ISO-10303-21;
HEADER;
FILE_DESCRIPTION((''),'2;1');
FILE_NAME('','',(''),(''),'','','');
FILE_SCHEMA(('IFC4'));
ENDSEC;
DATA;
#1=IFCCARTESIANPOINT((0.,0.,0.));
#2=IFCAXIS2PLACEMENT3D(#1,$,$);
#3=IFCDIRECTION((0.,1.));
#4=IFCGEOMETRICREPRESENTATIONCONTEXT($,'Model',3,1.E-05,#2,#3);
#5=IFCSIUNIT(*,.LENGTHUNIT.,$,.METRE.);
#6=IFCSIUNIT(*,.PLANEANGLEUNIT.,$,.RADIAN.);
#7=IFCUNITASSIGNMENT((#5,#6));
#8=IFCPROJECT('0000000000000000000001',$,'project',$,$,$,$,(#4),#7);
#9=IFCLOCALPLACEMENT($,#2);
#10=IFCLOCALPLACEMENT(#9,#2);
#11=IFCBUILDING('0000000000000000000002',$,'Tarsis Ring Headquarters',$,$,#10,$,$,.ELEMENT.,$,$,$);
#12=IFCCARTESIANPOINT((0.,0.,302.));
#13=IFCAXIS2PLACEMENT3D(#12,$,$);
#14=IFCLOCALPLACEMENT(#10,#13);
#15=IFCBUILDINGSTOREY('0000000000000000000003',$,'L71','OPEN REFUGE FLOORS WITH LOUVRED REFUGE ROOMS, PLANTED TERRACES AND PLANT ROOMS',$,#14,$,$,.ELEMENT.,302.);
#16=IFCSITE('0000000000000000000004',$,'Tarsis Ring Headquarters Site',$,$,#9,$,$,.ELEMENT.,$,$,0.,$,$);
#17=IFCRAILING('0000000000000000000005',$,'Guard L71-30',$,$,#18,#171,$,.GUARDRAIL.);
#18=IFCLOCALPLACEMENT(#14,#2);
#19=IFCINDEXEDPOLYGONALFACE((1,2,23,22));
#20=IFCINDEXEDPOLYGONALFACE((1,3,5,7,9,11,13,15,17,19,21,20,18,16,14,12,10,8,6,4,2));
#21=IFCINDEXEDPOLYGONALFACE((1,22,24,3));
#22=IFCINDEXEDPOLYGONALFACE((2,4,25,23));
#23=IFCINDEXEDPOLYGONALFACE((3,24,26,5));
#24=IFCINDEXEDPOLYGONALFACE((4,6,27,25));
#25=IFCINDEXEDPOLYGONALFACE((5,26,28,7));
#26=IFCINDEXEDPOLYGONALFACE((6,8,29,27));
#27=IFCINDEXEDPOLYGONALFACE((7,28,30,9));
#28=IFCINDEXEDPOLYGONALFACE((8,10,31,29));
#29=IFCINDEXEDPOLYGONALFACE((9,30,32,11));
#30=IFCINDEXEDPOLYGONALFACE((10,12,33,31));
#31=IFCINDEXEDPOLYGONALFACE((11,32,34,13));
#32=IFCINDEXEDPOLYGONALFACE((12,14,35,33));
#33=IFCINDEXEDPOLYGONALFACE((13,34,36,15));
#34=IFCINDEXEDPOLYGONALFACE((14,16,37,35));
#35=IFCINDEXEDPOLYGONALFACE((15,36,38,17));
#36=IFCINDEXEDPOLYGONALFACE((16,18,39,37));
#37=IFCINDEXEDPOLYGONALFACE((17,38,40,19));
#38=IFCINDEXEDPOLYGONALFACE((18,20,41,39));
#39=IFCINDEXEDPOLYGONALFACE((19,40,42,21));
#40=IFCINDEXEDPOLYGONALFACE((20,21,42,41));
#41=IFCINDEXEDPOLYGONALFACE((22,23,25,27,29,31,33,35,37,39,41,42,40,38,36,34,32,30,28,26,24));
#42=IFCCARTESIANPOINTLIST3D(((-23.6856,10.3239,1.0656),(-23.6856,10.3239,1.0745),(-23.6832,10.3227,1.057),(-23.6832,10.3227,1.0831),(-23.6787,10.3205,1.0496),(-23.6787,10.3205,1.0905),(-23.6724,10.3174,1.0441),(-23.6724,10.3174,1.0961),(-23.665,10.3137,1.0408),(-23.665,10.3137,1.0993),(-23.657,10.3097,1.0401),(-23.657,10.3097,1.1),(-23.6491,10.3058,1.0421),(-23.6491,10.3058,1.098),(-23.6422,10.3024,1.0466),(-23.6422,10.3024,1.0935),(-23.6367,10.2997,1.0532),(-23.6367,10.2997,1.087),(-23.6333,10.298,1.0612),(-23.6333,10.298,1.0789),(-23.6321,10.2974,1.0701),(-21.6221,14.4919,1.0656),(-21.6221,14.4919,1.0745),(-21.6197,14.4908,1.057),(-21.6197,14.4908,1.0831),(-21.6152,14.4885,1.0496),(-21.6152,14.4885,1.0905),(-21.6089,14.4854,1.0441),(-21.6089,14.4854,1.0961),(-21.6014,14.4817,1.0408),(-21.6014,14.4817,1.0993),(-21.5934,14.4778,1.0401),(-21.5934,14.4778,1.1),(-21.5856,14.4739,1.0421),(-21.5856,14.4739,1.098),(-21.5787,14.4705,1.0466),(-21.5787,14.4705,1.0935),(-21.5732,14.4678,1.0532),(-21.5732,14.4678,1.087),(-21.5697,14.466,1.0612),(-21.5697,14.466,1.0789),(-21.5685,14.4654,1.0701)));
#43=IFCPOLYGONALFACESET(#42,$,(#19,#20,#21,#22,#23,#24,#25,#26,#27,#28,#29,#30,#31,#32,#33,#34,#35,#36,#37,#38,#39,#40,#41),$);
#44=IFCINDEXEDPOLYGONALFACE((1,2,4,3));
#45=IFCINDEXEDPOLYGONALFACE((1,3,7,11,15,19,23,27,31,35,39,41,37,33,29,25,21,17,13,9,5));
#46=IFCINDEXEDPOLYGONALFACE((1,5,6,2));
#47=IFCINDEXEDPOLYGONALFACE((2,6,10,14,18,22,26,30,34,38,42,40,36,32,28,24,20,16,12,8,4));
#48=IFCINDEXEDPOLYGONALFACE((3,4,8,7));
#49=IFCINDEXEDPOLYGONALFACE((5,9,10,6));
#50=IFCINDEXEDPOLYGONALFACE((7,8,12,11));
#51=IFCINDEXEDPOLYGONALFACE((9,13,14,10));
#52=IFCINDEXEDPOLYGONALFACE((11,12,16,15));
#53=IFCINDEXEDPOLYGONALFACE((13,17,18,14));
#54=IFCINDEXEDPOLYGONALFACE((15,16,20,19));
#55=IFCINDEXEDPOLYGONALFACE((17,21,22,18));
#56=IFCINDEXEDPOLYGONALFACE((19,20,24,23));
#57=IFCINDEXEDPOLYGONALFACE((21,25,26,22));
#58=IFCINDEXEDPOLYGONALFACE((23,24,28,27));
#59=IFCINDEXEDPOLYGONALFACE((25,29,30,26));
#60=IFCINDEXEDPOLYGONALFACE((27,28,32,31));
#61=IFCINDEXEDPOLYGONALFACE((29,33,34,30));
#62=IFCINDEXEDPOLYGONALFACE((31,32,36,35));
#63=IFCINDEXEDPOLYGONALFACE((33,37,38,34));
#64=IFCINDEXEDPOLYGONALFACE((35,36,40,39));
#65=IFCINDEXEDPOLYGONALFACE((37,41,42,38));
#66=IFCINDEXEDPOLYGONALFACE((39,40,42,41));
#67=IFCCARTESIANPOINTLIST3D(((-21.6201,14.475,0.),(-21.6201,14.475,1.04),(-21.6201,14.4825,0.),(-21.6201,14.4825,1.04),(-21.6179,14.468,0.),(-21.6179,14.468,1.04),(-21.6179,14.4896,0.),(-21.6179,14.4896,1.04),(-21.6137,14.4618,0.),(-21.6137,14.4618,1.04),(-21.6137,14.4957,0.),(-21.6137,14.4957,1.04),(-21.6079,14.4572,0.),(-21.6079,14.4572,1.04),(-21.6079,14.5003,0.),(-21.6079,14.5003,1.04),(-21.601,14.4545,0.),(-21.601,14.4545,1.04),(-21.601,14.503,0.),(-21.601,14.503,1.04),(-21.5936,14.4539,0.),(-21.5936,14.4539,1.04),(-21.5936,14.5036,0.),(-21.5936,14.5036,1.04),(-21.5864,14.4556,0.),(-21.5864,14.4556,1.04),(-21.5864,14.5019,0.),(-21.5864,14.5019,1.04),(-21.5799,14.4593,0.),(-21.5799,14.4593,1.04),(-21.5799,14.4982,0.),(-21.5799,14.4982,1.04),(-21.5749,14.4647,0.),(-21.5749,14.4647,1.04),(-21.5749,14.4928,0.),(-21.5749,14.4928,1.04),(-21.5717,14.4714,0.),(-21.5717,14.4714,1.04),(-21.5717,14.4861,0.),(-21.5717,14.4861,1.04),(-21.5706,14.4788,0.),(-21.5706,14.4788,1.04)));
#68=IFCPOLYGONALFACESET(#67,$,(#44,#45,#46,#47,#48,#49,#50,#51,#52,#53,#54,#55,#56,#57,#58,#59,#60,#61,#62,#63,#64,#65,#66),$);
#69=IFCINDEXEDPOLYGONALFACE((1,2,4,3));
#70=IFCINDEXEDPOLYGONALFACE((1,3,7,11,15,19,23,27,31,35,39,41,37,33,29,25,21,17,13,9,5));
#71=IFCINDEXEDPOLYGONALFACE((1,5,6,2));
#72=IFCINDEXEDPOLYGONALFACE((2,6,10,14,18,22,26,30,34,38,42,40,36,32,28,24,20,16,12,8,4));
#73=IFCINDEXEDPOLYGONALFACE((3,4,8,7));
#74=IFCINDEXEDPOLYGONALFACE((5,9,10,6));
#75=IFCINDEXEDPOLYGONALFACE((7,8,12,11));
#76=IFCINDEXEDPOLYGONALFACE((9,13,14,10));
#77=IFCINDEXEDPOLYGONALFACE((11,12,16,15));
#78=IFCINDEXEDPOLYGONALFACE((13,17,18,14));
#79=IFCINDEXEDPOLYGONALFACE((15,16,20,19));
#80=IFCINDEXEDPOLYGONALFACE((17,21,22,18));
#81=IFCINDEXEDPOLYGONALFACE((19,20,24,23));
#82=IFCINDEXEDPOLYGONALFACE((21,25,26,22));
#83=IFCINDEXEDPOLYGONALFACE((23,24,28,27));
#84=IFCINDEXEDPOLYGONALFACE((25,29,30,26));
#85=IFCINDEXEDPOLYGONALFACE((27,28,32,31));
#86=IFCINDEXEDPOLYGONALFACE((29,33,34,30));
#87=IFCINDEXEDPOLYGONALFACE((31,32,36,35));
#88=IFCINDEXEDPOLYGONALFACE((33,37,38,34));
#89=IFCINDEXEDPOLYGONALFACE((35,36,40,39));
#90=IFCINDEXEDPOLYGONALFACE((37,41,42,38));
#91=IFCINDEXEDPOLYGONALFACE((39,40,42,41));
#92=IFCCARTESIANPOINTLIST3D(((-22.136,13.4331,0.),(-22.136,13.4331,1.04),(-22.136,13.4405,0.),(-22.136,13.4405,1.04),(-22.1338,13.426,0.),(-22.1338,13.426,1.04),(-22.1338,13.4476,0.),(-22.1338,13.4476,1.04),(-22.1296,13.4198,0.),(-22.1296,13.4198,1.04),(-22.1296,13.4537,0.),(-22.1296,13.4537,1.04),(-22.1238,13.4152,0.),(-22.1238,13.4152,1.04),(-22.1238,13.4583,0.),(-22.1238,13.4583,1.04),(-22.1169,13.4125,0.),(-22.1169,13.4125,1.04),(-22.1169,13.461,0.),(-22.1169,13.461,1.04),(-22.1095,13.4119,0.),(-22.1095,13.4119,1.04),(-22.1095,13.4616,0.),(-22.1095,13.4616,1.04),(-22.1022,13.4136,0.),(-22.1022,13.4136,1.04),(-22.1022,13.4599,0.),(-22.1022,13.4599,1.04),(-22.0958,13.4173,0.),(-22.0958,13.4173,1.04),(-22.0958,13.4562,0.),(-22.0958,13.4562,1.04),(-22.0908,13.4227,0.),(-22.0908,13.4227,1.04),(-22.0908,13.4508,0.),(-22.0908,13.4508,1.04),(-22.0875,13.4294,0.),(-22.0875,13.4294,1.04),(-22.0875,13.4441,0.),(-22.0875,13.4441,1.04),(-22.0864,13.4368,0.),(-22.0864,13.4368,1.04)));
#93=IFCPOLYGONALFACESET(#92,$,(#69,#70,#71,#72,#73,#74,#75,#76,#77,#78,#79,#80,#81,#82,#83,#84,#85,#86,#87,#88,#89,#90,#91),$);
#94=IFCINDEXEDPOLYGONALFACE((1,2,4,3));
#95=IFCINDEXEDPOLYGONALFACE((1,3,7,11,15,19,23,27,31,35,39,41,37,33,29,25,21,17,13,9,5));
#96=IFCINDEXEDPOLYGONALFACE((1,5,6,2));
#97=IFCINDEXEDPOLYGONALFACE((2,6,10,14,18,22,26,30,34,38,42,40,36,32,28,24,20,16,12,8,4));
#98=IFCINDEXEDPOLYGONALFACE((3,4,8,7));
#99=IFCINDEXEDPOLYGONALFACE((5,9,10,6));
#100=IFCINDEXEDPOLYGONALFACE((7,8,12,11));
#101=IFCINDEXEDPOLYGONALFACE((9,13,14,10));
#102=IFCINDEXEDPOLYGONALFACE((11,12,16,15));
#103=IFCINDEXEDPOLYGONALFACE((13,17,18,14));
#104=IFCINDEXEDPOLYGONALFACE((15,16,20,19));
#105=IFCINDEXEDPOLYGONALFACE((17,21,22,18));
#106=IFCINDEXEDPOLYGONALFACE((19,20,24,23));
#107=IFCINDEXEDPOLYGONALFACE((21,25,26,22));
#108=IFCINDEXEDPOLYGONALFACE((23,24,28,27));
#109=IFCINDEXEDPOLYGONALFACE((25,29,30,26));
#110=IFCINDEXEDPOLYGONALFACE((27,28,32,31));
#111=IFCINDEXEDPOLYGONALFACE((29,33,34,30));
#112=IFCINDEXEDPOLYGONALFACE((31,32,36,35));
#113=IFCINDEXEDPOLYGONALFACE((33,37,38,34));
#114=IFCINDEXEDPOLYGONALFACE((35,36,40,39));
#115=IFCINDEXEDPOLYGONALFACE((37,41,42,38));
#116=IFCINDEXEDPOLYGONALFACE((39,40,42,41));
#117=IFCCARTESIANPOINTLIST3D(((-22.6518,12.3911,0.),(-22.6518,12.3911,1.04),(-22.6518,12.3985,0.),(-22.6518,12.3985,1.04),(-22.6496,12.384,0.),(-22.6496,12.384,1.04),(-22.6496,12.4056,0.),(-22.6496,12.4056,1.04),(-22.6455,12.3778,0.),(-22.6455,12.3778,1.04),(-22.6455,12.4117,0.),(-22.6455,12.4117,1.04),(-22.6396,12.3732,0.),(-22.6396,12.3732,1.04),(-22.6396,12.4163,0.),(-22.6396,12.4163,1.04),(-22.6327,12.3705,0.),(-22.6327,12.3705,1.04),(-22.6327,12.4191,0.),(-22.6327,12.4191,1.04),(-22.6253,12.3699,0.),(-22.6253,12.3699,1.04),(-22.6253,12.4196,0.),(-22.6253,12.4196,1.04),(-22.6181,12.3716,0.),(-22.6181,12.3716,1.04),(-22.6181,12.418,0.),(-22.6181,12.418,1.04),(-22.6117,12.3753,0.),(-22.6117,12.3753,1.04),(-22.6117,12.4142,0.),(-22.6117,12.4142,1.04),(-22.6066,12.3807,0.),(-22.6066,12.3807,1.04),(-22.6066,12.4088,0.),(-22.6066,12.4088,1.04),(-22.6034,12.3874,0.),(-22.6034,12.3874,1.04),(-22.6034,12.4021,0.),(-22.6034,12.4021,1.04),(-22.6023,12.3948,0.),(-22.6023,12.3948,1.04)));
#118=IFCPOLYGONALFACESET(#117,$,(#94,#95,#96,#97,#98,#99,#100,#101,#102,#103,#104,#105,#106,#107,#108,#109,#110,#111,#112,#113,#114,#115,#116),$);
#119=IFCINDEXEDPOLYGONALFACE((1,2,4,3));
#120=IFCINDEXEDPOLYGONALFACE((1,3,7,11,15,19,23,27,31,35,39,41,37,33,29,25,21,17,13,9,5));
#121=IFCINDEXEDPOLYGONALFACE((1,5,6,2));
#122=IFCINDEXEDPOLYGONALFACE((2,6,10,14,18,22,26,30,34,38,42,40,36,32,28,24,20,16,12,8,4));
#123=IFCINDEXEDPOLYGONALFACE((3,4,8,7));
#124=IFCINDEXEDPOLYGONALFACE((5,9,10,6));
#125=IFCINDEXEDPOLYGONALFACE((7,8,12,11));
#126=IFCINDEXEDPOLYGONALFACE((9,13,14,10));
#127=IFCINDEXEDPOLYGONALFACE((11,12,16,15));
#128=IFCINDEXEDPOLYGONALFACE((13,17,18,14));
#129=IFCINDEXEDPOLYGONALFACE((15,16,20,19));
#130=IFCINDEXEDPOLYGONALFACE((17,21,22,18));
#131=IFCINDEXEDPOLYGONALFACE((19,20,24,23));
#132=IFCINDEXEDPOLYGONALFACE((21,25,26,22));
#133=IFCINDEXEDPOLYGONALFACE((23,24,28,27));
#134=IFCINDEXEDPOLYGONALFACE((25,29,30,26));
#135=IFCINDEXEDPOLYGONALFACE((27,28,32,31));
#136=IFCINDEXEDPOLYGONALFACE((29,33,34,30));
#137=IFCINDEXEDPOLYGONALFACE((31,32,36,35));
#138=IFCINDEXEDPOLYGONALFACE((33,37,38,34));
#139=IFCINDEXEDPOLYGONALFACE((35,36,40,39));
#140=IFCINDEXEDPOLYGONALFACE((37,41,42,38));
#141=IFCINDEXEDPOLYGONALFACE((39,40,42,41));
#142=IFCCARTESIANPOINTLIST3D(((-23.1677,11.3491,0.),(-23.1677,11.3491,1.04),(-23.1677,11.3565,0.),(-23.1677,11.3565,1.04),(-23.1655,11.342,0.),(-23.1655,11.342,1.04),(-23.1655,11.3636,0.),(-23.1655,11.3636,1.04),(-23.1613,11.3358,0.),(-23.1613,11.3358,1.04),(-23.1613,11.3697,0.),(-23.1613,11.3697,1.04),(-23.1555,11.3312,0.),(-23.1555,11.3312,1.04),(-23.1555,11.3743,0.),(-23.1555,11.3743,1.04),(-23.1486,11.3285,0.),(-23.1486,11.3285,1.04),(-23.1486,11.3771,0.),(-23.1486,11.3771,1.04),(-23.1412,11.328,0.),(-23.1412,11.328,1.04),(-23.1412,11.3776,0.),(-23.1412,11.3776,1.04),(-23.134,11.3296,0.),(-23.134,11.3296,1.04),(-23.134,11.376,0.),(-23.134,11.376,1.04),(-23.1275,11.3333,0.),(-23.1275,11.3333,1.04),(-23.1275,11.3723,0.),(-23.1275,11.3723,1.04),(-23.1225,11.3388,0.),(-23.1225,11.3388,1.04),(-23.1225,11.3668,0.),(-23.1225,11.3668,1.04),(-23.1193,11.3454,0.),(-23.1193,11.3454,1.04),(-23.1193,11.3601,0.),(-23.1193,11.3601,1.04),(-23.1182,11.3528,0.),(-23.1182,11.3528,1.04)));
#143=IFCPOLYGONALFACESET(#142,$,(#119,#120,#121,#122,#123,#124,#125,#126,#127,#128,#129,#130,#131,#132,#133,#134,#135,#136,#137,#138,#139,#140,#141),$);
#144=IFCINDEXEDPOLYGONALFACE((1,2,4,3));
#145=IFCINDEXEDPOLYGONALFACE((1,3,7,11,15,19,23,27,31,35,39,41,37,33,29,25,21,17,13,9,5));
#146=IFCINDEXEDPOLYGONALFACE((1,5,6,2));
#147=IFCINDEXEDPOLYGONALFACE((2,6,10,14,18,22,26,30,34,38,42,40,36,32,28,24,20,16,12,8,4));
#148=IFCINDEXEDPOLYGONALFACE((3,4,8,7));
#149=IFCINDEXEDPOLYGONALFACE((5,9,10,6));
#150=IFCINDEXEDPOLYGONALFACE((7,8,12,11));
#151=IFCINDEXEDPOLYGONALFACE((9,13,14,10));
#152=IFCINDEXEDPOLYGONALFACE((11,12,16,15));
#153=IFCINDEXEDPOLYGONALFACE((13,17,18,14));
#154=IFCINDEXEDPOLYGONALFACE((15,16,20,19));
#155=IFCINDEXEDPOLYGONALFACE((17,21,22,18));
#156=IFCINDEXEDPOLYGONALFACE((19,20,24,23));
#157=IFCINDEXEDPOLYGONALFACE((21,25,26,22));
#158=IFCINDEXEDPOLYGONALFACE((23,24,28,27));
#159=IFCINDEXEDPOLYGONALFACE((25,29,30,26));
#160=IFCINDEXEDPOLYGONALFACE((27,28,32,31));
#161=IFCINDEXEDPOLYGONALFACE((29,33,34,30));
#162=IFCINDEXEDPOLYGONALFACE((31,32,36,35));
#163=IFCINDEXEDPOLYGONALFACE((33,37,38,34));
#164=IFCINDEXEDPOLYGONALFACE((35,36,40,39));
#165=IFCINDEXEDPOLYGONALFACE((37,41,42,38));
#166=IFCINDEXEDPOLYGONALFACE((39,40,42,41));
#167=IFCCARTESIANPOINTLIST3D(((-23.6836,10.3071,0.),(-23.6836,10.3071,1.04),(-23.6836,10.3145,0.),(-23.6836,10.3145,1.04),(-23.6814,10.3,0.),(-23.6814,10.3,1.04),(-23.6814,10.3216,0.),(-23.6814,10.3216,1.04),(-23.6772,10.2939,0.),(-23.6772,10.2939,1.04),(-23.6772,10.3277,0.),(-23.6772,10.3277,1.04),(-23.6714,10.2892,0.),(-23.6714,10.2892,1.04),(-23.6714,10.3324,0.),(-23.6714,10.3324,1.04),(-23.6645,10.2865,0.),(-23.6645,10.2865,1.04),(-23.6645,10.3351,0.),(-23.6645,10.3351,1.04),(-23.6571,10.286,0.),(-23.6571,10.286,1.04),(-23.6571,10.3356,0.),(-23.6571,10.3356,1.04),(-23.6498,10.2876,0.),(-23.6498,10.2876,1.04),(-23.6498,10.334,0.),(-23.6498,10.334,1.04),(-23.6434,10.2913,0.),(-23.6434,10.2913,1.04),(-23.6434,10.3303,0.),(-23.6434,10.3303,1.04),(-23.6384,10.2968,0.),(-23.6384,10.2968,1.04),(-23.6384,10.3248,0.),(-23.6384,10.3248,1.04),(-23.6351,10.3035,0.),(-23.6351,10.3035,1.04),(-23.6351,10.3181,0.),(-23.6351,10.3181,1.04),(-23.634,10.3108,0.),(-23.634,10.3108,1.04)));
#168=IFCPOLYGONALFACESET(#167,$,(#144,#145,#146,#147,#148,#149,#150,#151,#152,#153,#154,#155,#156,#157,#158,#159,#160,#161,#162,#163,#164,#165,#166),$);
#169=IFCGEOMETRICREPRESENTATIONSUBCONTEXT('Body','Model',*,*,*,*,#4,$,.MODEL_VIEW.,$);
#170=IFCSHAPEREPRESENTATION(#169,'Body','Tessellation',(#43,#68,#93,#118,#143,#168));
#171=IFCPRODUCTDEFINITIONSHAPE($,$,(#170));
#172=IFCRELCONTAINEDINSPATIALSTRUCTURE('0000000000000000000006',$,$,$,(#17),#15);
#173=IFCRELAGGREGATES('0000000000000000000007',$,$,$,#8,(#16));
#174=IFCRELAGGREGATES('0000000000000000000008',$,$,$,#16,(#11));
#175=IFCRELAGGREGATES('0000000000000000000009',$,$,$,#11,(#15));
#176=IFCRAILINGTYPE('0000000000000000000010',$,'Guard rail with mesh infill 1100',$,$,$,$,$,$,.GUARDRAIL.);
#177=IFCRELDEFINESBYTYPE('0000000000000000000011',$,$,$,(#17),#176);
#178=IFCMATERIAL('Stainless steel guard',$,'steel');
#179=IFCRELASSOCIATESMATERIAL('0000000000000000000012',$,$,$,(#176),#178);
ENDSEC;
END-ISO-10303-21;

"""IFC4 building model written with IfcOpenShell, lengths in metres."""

from ifc_helpers import new_model, si_unit, direction, frame, origin, origin_2d, place, context, subcontext, project, spatial, circle, extrude, material, type_object, element, save


model = new_model("IFC4")

# Units and contexts
model_context = context("Model", 3, precision=1e-05, world=origin(), true_north=direction((0.0, 1.0)))
body_context = subcontext(model_context, "Body", "Model", "MODEL_VIEW")
ifc_project = project(units=[si_unit("LENGTHUNIT", "METRE"), si_unit("PLANEANGLEUNIT", "RADIAN")], contexts=[model_context])

# Site, building, storey
site_placement = place(None, origin())
site = spatial("IfcSite", under=ifc_project, at=site_placement, Name="Tarsis Ring Headquarters Site", CompositionType="ELEMENT", RefElevation=0.0)
building_placement = place(site_placement, origin())
building = spatial("IfcBuilding", under=site, at=building_placement, Name="Tarsis Ring Headquarters", CompositionType="ELEMENT")
storey_placement = place(building_placement, frame((0.0, 0.0, 302.0)))
storey = spatial("IfcBuildingStorey", under=building, at=storey_placement, Name="L71", Description="OPEN REFUGE FLOORS WITH LOUVRED REFUGE ROOMS, PLANTED TERRACES AND PLANT ROOMS", CompositionType="ELEMENT", Elevation=302.0)

# Railing
ifc_material_1 = material(Name="Stainless steel guard", Category="steel")
railing_type_1 = type_object("IfcRailingType", Name="Guard rail with mesh infill 1100", PredefinedType="GUARDRAIL", material=ifc_material_1)
railing_1_placement = place(storey_placement, frame((-21.5955, 14.4788, 0.0)))
element("IfcRailing", 1, at=railing_1_placement, inside=storey, type_object=railing_type_1, Name="Guard L71-30", PredefinedType="GUARDRAIL", context=body_context, shape_type="SweptSolid", body=[
    extrude(circle(Radius=0.03, at=origin_2d()), frame((0.0, 0.0, 1.0701), z_axis=(-0.443682, -0.896184, 0.0), x_axis=(0.896184, -0.443682, 0.0)), (0.0, 0.0, 1.0), 4.6509),
    extrude(circle(Radius=0.0249, at=origin_2d()), origin(), (0.0, 0.0, 1.0), 1.04),
    extrude(circle(Radius=0.0249, at=origin_2d()), frame((-0.5159, -1.042, 0.0)), (0.0, 0.0, 1.0), 1.04),
    extrude(circle(Radius=0.0249, at=origin_2d()), frame((-1.0317, -2.084, 0.0)), (0.0, 0.0, 1.0), 1.04),
    extrude(circle(Radius=0.0249, at=origin_2d()), frame((-1.5476, -3.126, 0.0)), (0.0, 0.0, 1.0), 1.04),
    extrude(circle(Radius=0.0249, at=origin_2d()), frame((-2.0635, -4.168, 0.0)), (0.0, 0.0, 1.0), 1.04),
])

save(model, "model.ifc")
